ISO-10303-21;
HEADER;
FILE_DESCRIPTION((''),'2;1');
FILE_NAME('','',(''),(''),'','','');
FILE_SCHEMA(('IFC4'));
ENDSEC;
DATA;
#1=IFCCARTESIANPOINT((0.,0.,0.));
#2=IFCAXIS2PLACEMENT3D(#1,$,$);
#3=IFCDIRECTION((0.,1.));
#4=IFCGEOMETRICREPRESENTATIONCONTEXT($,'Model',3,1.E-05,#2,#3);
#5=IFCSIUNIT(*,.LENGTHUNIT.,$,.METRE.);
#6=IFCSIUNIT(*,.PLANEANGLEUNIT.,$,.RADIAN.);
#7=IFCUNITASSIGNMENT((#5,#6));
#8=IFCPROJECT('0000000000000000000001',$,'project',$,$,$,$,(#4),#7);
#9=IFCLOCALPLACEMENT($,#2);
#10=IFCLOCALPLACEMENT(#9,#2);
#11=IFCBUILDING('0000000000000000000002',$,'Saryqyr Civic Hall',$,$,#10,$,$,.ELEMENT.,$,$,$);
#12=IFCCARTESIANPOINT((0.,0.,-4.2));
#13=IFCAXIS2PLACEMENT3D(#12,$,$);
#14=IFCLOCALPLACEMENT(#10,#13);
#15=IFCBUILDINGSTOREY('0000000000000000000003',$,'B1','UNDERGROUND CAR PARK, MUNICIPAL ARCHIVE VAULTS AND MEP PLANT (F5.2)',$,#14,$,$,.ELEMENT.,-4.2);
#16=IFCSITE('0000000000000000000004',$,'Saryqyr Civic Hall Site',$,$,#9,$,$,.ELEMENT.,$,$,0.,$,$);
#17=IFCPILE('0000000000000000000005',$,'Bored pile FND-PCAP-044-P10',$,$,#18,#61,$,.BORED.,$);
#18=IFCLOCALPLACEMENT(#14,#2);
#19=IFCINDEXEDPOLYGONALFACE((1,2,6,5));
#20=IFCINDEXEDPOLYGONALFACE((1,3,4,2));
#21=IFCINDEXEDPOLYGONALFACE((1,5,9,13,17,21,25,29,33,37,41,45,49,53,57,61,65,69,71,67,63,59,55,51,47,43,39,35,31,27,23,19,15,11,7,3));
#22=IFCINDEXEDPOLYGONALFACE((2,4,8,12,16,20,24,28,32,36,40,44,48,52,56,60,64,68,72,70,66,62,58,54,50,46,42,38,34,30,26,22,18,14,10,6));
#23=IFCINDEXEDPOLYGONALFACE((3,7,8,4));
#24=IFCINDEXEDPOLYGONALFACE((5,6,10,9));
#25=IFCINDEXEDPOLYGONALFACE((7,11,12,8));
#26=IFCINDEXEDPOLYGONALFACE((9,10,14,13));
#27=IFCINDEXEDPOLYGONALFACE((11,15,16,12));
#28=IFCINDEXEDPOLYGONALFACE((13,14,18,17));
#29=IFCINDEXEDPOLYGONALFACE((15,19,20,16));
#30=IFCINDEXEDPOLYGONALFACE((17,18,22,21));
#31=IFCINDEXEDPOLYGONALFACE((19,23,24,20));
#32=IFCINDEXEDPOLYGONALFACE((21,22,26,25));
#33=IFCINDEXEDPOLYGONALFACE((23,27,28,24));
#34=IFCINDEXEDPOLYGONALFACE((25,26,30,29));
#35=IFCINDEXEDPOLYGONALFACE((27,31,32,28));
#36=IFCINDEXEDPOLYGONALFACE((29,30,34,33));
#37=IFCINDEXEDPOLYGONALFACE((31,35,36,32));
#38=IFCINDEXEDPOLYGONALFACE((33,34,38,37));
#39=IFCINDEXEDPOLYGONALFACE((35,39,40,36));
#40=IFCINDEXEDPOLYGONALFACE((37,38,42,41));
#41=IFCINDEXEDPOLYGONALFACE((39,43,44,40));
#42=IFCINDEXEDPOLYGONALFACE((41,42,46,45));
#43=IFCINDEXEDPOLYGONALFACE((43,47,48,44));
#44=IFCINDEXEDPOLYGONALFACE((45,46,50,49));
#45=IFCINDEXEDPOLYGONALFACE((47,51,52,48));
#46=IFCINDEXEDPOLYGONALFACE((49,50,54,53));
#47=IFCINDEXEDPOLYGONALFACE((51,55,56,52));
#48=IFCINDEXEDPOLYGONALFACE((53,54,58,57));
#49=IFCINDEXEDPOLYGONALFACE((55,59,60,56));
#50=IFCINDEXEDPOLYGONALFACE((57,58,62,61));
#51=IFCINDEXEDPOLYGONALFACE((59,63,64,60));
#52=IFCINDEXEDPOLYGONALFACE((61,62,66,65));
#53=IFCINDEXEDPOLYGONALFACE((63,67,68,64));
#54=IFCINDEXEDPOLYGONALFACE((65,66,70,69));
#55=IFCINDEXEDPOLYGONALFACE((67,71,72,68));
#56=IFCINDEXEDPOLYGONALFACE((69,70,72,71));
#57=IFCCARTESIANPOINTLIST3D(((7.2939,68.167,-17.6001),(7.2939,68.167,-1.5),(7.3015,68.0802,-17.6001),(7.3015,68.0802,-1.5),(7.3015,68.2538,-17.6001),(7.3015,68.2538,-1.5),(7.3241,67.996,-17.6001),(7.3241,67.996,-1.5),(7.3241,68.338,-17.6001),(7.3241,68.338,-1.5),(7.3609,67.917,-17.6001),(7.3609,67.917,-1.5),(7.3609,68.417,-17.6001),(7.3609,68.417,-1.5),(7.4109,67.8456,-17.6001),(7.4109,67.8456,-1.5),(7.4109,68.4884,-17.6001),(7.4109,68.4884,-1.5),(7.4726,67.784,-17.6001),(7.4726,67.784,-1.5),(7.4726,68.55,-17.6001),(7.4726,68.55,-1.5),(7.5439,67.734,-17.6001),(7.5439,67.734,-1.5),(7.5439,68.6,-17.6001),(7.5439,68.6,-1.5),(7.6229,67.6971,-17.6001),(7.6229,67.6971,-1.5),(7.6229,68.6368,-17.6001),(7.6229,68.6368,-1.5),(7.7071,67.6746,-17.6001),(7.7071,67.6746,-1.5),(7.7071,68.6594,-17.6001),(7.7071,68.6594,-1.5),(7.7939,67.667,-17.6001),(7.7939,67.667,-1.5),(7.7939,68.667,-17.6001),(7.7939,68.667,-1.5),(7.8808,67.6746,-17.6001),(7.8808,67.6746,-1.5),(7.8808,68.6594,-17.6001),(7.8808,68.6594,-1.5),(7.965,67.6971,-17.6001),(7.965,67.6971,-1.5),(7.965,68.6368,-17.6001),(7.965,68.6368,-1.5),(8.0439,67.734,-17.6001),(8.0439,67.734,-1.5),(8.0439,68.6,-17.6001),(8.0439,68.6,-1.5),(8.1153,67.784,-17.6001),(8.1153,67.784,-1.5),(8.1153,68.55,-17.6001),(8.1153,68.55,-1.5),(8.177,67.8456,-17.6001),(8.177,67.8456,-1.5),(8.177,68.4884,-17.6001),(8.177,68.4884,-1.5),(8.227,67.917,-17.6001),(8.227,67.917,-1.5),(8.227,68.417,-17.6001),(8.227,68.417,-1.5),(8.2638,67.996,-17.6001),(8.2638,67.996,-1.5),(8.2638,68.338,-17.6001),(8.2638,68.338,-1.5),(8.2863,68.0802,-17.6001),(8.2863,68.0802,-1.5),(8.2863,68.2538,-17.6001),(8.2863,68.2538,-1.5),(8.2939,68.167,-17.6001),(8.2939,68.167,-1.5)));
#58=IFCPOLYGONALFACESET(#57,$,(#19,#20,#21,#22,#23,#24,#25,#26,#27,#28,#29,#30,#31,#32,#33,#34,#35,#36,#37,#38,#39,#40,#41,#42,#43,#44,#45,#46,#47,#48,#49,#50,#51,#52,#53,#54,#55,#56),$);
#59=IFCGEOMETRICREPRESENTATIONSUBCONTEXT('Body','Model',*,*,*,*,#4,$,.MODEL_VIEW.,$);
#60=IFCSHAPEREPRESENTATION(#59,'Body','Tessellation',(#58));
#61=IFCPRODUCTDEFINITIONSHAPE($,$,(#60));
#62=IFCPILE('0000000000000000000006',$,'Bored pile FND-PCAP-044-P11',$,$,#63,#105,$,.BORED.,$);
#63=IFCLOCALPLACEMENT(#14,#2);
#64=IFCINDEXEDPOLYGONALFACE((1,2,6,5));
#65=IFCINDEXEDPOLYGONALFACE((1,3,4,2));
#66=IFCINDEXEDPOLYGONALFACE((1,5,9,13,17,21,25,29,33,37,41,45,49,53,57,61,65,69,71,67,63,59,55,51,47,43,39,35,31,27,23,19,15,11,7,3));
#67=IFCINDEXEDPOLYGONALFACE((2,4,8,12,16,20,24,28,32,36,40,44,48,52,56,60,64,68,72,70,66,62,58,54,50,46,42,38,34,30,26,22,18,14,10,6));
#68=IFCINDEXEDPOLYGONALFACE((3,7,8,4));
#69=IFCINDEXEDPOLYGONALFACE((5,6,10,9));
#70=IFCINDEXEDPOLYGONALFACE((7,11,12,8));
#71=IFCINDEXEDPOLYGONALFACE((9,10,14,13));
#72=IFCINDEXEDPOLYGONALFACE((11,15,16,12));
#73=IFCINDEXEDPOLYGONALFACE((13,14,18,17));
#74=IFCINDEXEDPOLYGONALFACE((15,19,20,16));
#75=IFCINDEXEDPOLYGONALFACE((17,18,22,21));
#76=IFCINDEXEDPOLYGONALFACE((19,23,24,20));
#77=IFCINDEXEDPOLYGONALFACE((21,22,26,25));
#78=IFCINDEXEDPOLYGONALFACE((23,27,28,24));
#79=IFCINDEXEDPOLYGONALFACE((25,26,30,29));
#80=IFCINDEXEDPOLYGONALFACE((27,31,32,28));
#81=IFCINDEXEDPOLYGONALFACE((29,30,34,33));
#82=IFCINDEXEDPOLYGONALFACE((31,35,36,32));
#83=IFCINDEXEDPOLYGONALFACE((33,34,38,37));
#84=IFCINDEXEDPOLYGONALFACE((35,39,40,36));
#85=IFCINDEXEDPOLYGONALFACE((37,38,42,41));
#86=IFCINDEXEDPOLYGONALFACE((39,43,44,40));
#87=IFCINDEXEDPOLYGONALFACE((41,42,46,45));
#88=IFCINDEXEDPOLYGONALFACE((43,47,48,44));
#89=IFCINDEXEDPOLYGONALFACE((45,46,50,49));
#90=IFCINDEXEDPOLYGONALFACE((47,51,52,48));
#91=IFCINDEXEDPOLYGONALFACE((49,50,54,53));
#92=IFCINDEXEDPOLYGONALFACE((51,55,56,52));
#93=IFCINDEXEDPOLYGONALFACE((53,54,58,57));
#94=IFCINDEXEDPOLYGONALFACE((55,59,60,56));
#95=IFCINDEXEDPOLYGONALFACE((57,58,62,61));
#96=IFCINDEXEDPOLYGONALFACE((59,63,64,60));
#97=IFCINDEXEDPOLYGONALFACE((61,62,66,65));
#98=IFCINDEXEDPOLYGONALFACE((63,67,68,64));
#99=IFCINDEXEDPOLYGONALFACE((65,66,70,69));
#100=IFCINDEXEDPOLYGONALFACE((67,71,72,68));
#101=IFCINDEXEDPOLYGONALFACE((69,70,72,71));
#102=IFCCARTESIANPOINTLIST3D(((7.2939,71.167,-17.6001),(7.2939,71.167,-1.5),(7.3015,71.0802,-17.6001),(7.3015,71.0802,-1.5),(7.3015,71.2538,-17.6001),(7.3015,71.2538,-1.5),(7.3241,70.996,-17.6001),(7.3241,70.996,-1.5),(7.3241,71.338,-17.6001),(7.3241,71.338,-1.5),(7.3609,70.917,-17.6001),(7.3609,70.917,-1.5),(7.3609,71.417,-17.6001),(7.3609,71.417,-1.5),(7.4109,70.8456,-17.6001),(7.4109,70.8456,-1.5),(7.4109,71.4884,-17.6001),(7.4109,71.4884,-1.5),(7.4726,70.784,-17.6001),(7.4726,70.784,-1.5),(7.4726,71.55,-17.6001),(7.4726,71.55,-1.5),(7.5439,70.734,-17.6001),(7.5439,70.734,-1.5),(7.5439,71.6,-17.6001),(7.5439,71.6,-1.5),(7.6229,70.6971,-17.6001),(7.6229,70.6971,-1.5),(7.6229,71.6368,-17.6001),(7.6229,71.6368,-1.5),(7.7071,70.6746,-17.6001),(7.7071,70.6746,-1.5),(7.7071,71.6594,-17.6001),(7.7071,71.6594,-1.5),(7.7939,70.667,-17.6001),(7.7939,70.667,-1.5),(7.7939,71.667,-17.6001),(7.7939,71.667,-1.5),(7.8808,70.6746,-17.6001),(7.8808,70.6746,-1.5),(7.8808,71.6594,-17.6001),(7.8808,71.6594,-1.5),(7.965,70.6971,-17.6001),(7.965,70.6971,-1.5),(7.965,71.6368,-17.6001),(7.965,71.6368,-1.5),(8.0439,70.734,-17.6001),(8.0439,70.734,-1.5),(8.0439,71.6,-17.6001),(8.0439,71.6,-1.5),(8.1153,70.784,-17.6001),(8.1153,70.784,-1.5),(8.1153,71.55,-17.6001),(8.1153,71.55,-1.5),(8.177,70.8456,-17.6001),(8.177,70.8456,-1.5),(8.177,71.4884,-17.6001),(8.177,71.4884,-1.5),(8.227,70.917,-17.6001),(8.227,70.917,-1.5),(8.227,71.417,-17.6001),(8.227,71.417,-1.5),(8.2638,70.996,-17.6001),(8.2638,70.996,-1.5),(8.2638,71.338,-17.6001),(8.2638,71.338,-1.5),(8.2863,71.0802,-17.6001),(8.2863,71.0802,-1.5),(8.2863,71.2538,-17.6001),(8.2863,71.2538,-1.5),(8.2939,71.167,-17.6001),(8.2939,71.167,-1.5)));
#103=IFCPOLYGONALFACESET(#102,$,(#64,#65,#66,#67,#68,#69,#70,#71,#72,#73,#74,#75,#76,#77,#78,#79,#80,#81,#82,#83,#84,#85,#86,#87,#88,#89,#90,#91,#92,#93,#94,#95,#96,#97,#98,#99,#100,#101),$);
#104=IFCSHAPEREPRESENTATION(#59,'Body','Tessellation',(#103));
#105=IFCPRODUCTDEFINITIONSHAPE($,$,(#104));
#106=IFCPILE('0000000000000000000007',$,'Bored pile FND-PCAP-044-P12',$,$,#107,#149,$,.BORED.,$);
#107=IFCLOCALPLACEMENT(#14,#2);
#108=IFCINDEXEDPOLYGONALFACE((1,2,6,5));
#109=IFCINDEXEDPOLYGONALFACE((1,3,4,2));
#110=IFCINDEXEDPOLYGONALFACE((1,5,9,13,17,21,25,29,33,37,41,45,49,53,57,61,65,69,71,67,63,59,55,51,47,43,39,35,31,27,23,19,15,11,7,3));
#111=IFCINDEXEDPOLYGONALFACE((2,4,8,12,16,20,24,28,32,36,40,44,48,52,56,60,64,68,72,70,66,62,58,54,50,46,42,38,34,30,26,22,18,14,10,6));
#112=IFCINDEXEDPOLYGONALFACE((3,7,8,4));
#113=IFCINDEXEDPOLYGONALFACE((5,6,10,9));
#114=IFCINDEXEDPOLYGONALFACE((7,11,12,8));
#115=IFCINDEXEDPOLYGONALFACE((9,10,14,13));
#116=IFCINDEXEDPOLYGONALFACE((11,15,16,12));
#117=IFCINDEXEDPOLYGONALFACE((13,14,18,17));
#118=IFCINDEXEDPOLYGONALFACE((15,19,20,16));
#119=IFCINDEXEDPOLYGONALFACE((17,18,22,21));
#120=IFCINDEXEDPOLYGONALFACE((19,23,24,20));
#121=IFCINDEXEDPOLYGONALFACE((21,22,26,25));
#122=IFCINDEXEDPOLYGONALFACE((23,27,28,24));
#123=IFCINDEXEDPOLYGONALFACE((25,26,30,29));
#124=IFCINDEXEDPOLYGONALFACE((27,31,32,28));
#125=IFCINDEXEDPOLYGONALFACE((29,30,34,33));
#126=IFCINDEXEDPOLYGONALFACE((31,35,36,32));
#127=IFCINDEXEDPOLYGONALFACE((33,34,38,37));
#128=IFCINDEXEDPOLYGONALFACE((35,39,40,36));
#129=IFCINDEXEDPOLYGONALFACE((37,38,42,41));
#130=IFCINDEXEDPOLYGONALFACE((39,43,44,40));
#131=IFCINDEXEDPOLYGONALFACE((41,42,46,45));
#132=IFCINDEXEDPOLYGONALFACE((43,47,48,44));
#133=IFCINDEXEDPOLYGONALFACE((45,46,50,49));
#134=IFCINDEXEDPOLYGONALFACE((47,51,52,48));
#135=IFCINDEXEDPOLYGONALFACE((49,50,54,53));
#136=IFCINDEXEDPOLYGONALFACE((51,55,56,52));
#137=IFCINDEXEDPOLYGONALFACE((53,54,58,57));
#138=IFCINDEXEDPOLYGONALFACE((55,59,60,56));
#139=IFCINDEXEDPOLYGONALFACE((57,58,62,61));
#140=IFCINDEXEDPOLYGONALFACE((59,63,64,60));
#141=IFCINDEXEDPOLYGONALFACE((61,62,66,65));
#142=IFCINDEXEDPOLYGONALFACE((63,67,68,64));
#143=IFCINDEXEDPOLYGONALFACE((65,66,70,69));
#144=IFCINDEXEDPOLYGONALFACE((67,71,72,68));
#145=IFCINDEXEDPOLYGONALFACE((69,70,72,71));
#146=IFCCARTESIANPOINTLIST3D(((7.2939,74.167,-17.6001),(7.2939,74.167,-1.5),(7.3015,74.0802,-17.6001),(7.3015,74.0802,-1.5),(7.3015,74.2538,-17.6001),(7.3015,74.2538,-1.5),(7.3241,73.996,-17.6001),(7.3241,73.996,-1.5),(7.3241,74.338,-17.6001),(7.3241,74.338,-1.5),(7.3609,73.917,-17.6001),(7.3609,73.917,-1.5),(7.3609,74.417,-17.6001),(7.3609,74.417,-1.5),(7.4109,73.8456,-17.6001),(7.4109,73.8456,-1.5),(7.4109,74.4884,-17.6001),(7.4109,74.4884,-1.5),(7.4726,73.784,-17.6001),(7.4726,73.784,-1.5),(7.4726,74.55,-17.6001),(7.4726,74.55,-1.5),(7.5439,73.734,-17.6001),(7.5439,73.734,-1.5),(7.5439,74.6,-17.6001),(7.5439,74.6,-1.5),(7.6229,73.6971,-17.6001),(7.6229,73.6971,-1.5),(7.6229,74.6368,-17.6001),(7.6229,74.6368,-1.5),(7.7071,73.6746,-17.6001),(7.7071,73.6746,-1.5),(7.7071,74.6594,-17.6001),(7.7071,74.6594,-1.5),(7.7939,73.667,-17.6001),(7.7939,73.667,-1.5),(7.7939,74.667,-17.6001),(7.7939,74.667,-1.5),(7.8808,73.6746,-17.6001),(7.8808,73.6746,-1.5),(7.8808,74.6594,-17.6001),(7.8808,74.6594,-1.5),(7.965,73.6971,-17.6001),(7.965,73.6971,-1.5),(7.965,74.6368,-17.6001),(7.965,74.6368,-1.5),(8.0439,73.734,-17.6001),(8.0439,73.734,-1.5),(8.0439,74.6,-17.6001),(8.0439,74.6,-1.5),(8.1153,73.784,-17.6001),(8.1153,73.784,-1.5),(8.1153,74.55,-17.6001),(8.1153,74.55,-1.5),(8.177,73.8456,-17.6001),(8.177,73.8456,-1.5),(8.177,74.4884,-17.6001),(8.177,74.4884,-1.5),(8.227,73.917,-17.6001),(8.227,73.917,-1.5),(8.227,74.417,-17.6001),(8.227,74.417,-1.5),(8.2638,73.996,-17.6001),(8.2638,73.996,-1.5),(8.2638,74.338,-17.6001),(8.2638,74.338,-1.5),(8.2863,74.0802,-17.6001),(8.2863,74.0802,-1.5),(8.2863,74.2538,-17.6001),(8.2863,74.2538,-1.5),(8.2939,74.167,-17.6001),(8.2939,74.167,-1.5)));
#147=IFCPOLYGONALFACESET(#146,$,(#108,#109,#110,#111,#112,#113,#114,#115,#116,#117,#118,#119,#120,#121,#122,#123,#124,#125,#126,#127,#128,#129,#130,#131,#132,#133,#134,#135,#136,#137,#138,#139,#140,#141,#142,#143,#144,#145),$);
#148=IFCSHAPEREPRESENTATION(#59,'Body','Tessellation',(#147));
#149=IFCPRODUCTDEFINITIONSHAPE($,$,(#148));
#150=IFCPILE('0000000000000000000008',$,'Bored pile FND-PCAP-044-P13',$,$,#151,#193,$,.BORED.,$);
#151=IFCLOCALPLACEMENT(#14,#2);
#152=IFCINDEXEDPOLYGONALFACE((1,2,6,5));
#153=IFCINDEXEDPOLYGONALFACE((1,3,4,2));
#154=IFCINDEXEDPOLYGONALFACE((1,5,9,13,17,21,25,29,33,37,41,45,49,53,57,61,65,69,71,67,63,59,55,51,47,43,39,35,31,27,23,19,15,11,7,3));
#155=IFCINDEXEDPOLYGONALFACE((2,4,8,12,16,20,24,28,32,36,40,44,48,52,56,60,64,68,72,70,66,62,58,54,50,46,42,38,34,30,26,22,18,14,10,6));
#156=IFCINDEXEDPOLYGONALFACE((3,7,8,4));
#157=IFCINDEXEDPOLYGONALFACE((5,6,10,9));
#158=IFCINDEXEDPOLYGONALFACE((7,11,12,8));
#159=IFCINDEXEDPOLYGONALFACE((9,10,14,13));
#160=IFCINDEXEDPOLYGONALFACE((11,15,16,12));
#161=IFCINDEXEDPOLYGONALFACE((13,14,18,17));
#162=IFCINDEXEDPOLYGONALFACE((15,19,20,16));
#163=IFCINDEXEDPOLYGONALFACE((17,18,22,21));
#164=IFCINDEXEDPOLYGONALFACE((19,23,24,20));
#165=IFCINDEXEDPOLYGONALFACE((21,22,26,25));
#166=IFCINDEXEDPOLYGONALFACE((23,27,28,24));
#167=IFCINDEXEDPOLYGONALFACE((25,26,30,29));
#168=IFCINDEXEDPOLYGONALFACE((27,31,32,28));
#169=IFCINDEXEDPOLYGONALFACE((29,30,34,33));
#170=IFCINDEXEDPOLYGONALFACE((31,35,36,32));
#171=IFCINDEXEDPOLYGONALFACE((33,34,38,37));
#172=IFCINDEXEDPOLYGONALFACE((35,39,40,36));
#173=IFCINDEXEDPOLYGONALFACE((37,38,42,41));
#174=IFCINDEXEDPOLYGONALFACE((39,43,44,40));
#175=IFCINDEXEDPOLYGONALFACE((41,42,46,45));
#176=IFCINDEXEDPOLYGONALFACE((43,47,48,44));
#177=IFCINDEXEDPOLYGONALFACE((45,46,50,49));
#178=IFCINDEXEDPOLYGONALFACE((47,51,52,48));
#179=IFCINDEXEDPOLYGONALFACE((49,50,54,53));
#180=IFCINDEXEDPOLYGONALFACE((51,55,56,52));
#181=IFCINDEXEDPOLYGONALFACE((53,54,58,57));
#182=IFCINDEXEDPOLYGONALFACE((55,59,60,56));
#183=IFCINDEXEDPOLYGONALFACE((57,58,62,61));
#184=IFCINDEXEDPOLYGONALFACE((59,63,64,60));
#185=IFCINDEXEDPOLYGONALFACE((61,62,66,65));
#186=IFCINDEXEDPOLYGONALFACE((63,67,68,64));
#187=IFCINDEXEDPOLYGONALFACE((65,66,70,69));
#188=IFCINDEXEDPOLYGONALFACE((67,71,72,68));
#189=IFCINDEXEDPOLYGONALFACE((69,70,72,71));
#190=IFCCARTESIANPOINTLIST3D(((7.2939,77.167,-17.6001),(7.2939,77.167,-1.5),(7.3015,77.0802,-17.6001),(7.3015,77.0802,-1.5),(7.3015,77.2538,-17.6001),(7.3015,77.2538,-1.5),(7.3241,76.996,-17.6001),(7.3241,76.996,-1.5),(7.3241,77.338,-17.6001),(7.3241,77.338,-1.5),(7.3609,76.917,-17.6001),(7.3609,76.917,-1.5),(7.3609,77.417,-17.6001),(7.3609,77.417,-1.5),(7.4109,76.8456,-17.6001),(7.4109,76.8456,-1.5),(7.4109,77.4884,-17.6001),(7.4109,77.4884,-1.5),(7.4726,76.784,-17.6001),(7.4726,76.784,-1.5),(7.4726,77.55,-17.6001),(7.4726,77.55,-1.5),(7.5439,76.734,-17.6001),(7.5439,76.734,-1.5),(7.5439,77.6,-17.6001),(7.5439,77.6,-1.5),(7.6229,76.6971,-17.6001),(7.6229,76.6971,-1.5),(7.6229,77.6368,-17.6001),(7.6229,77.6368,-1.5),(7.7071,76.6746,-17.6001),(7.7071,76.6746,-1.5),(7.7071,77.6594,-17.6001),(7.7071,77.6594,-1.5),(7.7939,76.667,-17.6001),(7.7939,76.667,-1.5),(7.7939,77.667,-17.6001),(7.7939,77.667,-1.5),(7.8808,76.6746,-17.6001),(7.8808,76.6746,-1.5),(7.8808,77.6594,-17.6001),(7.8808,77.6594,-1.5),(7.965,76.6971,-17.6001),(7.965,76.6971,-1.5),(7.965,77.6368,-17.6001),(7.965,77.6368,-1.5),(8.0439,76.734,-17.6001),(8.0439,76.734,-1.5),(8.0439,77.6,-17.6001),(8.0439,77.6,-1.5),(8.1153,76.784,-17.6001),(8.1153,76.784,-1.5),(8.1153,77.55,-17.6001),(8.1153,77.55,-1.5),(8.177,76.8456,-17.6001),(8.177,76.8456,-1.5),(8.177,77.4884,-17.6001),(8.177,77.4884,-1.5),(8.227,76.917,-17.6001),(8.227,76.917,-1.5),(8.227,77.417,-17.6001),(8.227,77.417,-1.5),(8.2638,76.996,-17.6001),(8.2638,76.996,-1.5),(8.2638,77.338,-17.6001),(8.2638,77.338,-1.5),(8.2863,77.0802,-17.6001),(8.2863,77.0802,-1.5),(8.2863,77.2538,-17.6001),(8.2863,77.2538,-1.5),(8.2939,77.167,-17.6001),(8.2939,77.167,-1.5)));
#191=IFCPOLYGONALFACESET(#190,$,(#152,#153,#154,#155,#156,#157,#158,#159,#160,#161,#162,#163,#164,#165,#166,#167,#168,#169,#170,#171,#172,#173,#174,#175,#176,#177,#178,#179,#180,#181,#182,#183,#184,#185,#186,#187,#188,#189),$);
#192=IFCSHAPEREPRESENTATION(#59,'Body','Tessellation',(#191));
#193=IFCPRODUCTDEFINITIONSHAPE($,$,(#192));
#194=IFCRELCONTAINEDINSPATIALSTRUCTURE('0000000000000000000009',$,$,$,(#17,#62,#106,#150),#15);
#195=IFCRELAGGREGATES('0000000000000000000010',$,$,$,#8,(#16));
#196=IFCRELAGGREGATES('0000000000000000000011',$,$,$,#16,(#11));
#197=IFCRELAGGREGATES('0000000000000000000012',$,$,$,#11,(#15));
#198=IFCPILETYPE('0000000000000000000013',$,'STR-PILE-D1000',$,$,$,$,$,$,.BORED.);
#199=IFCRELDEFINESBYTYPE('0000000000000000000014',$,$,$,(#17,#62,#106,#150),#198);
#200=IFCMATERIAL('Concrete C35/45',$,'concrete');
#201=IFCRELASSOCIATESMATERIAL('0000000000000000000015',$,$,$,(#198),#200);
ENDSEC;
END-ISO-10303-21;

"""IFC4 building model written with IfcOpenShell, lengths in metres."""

from ifc_helpers import new_model, si_unit, direction, frame, origin, origin_2d, place, context, subcontext, project, spatial, circle, extrude, material, material_profile, profile_set, type_object, element, save


model = new_model("IFC4")

# Units and contexts
model_context = context("Model", 3, precision=1e-05, world=origin(), true_north=direction((0.0, 1.0)))
body_context = subcontext(model_context, "Body", "Model", "MODEL_VIEW")
ifc_project = project(units=[si_unit("LENGTHUNIT", "METRE"), si_unit("PLANEANGLEUNIT", "RADIAN")], contexts=[model_context])

# Site, building, storey
site_placement = place(None, origin())
site = spatial("IfcSite", under=ifc_project, at=site_placement, Name="Saryqyr Civic Hall Site", CompositionType="ELEMENT", RefElevation=0.0)
building_placement = place(site_placement, origin())
building = spatial("IfcBuilding", under=site, at=building_placement, Name="Saryqyr Civic Hall", CompositionType="ELEMENT")
storey_placement = place(building_placement, frame((0.0, 0.0, -4.2)))
storey = spatial("IfcBuildingStorey", under=building, at=storey_placement, Name="B1", Description="UNDERGROUND CAR PARK, MUNICIPAL ARCHIVE VAULTS AND MEP PLANT (F5.2)", CompositionType="ELEMENT", Elevation=-4.2)

# Piles
ifc_material_1 = material(Name="Concrete C35/45", Category="concrete")
ifc_material_profile_1 = material_profile(ifc_material_1, circle(Radius=0.5, at=origin_2d()), Name="BORED PILE D1000")
ifc_profile_set_1 = profile_set([ifc_material_profile_1], Name="Concrete C35/45")
pile_type = type_object("IfcPileType", Name="STR-PILE-D1000", PredefinedType="BORED", material=ifc_profile_set_1)
for number, where, z_axis, x_axis, name in (
    (1, (7.7939, 68.167, -1.5), (0.0, 0.0, -1.0), (1.0, 0.0, 0.0), "Bored pile FND-PCAP-044-P10"),
    (2, (7.7939, 71.167, -1.5), (0.0, 0.0, -1.0), (1.0, 0.0, 0.0), "Bored pile FND-PCAP-044-P11"),
    (3, (7.7939, 74.167, -1.5), (0.0, 0.0, -1.0), (1.0, 0.0, 0.0), "Bored pile FND-PCAP-044-P12"),
    (4, (7.7939, 77.167, -1.5), (0.0, 0.0, -1.0), (1.0, 0.0, 0.0), "Bored pile FND-PCAP-044-P13"),
):
    element("IfcPile", number, at=place(storey_placement, frame(where, z_axis=z_axis, x_axis=x_axis)), inside=storey, type_object=pile_type, Name=name, PredefinedType="BORED", context=body_context, shape_type="SweptSolid", body=[
        extrude(circle(Radius=0.5, at=origin_2d()), origin(), (0.0, 0.0, 1.0), 16.1001),
    ])

save(model, "model.ifc")
